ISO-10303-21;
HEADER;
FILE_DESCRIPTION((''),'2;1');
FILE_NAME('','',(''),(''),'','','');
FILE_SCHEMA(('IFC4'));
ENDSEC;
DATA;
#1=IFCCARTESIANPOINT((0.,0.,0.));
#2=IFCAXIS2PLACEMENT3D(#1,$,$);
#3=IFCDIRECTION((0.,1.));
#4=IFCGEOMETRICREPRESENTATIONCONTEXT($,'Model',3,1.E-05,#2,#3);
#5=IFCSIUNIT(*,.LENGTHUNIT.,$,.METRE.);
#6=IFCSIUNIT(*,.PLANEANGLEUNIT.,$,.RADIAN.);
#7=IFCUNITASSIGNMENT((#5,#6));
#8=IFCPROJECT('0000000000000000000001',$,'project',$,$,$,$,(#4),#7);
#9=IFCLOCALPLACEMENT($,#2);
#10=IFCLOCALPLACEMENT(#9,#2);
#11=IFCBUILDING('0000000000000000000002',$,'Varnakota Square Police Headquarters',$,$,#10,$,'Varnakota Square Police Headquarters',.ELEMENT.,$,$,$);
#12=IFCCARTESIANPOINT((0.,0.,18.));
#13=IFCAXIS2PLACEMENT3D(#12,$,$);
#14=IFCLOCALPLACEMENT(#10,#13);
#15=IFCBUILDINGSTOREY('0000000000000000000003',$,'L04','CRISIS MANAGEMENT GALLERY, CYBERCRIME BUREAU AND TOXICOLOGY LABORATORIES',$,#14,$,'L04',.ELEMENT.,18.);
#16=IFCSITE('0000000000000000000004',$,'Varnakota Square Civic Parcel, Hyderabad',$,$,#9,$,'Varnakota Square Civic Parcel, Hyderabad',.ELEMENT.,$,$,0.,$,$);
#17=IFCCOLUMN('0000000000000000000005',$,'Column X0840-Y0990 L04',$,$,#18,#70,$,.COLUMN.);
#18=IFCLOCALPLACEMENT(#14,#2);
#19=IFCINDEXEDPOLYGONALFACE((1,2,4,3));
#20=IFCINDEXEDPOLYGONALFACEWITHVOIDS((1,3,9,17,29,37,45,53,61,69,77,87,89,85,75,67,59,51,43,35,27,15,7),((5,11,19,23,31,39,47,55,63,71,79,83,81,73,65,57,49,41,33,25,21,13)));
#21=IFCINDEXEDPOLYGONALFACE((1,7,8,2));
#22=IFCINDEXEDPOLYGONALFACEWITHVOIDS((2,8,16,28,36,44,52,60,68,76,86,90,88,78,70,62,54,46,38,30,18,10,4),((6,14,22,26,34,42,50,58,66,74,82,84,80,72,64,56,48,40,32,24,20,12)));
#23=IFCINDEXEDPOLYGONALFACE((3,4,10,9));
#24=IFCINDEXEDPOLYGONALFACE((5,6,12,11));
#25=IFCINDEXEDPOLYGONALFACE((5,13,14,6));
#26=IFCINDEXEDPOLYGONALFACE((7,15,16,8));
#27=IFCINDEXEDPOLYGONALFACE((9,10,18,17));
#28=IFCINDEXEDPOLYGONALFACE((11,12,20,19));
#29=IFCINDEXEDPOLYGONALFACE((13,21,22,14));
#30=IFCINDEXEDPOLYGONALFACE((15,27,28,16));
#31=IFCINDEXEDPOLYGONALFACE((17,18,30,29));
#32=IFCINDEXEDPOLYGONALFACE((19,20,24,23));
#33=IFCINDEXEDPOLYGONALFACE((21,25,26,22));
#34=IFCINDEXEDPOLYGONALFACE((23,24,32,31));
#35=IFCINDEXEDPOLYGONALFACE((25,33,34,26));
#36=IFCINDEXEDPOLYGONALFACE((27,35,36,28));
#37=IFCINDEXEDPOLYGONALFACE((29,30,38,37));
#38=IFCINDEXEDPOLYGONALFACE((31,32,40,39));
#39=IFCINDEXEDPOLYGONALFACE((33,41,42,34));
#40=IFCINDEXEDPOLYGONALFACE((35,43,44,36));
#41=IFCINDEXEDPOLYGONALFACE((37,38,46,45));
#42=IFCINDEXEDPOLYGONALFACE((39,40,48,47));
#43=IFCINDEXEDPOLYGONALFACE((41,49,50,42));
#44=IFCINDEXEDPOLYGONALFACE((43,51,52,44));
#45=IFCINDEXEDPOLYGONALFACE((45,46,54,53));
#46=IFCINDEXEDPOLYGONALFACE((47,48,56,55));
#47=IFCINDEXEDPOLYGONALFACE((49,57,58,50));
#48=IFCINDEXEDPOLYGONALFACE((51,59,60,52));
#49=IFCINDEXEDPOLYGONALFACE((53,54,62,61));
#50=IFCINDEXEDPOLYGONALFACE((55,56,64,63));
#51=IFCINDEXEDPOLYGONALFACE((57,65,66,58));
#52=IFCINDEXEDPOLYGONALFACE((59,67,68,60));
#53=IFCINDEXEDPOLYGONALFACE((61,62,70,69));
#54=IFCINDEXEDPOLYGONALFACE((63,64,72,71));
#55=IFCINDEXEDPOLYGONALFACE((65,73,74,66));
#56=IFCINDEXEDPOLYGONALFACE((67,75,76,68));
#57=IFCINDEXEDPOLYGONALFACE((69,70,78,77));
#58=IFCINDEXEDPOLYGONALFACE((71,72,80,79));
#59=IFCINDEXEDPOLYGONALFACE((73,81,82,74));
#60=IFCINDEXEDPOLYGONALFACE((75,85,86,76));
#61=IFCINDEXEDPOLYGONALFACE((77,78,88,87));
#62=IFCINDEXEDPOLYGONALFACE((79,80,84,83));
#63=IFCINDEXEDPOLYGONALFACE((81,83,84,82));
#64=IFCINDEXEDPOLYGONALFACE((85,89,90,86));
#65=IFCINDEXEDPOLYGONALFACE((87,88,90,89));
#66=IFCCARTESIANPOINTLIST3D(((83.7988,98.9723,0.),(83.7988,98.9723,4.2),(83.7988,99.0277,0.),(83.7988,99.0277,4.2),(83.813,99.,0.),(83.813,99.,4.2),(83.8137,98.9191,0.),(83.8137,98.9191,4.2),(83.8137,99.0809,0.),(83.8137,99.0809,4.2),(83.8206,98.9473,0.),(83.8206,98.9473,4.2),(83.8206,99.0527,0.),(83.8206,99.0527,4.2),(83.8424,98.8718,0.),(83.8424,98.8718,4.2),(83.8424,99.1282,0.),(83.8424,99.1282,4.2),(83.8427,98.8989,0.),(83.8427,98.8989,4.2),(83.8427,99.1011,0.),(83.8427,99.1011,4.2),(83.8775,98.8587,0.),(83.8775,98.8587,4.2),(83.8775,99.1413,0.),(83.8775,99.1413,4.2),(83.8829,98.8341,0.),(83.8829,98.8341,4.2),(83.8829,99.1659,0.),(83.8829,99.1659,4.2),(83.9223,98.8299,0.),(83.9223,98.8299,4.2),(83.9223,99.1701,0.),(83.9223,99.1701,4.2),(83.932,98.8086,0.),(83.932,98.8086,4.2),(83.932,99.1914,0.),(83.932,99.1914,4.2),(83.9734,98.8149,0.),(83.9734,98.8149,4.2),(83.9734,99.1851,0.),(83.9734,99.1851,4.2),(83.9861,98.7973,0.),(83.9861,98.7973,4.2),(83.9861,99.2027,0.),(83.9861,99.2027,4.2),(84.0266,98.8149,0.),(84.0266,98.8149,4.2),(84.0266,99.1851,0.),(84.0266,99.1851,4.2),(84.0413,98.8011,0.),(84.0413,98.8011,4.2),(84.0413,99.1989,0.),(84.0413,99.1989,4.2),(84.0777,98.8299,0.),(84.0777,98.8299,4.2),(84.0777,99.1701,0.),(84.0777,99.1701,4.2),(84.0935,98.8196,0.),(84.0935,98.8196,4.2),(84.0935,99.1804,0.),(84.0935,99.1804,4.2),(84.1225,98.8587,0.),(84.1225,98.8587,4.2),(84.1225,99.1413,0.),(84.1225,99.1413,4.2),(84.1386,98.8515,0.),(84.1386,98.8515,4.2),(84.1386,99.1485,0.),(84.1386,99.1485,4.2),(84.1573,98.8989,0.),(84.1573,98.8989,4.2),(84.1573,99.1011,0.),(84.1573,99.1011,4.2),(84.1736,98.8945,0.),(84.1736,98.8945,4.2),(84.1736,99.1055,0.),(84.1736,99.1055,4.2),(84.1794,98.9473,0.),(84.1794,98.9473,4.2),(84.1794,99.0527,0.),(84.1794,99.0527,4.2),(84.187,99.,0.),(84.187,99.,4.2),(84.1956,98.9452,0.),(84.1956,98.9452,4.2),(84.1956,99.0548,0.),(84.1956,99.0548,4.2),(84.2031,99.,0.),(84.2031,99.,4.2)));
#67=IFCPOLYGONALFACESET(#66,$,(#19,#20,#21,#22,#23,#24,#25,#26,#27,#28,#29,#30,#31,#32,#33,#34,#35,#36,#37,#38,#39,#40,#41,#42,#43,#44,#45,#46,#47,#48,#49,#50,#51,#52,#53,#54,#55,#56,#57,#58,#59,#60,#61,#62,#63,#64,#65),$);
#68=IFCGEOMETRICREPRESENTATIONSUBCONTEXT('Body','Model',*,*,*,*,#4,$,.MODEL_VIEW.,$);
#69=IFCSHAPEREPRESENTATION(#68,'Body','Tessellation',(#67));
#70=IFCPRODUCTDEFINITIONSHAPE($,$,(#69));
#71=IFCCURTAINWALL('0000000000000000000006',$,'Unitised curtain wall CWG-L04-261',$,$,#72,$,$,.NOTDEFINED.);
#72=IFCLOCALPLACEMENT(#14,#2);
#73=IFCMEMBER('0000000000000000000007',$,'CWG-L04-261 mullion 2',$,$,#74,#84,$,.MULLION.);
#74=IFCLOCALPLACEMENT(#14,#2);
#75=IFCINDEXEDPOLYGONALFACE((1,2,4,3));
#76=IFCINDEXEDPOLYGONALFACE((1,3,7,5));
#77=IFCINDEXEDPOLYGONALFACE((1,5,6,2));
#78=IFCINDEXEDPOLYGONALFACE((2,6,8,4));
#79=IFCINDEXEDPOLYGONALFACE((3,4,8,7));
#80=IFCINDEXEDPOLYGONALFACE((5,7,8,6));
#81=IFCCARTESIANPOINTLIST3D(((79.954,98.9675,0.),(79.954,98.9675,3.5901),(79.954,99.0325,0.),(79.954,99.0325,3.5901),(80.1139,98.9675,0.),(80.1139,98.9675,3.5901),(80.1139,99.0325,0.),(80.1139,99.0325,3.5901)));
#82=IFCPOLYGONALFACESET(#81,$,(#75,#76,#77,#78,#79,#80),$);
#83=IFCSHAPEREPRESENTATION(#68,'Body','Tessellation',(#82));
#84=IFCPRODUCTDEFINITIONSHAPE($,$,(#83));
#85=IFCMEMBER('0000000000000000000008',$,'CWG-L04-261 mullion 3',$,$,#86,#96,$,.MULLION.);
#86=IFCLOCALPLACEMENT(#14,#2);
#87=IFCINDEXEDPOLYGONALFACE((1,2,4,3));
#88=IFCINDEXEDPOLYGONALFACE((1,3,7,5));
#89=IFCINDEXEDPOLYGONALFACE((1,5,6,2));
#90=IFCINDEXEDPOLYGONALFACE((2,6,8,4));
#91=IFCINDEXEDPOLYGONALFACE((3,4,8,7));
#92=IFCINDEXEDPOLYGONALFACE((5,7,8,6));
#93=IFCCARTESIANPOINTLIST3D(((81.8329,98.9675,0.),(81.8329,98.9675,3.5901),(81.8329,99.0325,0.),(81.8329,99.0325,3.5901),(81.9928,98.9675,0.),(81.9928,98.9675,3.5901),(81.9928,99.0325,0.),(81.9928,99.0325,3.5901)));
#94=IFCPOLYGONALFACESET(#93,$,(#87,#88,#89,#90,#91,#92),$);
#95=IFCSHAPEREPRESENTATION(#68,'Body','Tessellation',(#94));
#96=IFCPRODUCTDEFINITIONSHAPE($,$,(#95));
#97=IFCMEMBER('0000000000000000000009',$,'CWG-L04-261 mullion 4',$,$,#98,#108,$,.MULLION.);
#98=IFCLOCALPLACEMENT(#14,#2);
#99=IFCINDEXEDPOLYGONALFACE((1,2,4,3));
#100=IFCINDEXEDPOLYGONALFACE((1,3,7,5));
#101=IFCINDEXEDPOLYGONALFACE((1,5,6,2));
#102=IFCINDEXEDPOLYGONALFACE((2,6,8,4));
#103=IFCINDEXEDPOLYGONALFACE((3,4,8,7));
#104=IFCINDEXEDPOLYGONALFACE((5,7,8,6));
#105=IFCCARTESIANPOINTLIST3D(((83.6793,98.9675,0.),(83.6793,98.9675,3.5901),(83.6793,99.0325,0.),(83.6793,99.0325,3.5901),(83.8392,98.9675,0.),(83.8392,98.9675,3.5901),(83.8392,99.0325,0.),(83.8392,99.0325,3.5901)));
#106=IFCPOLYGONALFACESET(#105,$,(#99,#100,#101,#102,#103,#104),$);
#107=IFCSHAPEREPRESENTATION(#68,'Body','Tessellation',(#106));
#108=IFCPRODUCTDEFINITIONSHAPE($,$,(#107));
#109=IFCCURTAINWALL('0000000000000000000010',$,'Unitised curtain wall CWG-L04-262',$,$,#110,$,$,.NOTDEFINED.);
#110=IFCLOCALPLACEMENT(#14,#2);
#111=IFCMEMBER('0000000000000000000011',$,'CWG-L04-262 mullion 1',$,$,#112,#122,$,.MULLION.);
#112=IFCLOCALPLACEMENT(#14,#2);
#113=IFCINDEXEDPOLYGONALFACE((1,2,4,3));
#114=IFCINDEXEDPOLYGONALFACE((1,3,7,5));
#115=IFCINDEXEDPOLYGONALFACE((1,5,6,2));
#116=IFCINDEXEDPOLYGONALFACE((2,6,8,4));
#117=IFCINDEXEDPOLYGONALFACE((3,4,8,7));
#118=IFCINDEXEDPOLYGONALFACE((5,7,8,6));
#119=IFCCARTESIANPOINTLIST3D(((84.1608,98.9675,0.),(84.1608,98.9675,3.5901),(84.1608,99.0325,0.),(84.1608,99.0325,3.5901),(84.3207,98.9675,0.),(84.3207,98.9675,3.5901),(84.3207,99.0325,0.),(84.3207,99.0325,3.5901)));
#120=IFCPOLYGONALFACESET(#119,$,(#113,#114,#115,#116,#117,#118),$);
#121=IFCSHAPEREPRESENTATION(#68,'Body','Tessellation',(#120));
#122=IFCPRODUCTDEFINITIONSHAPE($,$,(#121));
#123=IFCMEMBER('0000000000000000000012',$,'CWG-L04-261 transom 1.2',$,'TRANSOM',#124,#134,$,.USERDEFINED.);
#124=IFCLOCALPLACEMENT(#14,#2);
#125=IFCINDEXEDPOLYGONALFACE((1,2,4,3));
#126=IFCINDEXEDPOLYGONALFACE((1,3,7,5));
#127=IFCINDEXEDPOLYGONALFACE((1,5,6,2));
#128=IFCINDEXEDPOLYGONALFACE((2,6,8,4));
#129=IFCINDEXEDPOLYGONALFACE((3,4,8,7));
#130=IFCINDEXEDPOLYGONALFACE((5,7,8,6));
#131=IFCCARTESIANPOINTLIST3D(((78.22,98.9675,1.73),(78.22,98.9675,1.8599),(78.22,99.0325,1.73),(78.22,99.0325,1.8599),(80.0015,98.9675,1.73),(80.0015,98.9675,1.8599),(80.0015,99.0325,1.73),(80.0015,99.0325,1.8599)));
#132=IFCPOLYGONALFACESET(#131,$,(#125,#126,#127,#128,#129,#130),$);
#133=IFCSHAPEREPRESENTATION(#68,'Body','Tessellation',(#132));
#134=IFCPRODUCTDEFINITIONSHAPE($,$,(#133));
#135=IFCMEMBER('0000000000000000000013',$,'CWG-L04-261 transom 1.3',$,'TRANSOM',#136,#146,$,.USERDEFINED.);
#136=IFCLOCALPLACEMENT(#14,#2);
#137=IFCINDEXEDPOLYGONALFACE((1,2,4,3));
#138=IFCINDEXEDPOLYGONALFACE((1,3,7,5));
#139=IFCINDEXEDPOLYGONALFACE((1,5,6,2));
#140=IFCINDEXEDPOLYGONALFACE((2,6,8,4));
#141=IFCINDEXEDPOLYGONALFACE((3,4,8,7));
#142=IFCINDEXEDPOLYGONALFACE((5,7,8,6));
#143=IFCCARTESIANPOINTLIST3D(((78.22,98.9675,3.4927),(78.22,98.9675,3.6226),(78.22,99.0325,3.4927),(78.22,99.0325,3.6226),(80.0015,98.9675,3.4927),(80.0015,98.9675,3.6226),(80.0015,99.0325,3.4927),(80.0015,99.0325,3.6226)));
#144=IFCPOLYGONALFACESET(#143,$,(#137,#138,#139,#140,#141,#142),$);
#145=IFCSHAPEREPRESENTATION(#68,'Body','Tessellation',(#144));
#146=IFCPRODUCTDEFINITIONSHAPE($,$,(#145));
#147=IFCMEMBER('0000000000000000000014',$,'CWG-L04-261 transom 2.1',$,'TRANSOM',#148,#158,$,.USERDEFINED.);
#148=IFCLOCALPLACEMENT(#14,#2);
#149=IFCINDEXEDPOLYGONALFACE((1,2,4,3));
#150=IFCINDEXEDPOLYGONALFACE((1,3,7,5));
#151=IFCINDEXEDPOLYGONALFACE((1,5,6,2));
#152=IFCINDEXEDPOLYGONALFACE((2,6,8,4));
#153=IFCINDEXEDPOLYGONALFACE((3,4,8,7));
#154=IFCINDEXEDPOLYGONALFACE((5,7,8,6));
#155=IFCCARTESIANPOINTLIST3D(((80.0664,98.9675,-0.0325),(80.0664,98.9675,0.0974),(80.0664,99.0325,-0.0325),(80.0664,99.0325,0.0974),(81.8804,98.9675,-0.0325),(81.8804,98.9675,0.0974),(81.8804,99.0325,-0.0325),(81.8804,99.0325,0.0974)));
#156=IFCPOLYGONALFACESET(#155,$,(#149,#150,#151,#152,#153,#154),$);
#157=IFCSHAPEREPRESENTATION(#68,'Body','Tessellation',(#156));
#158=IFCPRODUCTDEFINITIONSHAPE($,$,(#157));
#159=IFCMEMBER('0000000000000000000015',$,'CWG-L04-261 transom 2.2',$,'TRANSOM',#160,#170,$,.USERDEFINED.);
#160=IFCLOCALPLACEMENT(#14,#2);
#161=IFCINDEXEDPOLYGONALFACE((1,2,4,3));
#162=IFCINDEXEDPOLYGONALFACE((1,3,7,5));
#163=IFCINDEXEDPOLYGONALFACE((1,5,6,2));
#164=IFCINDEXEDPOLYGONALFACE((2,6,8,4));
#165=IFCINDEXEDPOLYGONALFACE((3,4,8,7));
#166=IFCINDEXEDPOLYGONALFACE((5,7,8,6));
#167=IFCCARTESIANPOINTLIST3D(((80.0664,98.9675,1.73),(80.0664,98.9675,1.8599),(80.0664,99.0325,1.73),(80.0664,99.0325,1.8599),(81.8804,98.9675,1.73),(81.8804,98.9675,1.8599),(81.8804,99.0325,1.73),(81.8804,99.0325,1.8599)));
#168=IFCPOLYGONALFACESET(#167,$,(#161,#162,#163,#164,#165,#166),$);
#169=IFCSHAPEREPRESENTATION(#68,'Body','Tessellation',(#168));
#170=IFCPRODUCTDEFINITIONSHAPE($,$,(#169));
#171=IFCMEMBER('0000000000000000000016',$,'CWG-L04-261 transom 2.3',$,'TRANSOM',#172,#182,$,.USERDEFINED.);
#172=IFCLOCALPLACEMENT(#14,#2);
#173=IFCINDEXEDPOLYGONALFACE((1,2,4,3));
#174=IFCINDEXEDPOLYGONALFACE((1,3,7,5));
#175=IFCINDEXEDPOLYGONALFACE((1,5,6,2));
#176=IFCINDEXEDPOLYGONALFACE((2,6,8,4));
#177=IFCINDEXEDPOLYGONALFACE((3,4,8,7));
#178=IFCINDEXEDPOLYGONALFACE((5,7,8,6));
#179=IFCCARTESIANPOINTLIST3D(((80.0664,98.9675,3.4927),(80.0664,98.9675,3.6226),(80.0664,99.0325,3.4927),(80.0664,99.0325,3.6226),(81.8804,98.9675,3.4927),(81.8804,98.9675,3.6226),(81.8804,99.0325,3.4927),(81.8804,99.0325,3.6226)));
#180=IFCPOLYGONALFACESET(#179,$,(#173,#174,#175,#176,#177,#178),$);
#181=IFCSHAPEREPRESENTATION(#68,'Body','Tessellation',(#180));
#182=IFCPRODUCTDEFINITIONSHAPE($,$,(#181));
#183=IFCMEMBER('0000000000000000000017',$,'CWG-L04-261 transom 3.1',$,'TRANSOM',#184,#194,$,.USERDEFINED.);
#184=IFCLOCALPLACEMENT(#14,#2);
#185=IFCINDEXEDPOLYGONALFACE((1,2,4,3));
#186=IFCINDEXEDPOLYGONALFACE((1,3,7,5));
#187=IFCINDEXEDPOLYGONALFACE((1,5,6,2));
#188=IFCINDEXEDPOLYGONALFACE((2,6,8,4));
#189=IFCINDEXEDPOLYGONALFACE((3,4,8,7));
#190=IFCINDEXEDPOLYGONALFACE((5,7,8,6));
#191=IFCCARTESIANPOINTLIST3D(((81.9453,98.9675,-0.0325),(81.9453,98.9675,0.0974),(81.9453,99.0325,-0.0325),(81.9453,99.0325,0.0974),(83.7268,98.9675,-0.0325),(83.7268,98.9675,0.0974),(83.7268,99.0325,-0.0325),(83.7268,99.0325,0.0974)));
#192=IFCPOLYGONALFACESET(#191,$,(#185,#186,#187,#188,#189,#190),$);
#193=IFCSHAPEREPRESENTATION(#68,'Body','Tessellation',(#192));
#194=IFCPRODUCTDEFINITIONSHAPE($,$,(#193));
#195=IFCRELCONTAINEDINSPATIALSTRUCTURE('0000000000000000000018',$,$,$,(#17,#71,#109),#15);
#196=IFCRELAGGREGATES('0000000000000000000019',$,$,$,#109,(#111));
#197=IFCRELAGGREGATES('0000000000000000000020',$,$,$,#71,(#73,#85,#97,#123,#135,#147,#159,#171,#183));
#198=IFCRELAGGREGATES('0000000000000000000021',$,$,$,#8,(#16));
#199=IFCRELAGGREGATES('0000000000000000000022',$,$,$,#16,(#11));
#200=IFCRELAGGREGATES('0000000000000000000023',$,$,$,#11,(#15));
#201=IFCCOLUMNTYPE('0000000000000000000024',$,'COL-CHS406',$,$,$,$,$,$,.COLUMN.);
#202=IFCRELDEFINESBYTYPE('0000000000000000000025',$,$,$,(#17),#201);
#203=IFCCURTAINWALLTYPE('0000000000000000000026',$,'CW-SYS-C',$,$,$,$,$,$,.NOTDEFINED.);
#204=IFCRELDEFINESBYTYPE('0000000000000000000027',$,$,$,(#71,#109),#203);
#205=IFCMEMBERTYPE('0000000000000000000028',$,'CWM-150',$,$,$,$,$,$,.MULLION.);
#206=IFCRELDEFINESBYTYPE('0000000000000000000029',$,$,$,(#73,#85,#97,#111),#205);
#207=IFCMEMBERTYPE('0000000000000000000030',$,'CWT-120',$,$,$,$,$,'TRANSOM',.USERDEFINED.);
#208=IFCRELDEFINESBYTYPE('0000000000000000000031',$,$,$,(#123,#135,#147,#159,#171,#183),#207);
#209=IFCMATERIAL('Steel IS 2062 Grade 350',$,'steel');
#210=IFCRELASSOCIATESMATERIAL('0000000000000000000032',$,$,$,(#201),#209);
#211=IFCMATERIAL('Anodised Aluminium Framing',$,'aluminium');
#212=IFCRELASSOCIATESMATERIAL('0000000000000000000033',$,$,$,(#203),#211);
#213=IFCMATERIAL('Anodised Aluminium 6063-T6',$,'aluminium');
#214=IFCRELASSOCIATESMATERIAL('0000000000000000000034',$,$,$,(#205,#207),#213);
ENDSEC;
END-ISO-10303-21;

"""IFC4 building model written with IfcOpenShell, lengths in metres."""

from ifc_helpers import new_model, si_unit, direction, frame, origin, origin_2d, place, context, subcontext, project, spatial, rectangle, hollow_circle, extrude, material, material_profile, profile_set, type_object, element, aggregate, save


model = new_model("IFC4")

# Units and contexts
model_context = context("Model", 3, precision=1e-05, world=origin(), true_north=direction((0.0, 1.0)))
body_context = subcontext(model_context, "Body", "Model", "MODEL_VIEW")
ifc_project = project(units=[si_unit("LENGTHUNIT", "METRE"), si_unit("PLANEANGLEUNIT", "RADIAN")], contexts=[model_context])

# Site, building, storey
site_placement = place(None, origin())
site = spatial("IfcSite", under=ifc_project, at=site_placement, Name="Varnakota Square Civic Parcel, Hyderabad", LongName="Varnakota Square Civic Parcel, Hyderabad", CompositionType="ELEMENT", RefElevation=0.0)
building_placement = place(site_placement, origin())
building = spatial("IfcBuilding", under=site, at=building_placement, Name="Varnakota Square Police Headquarters", LongName="Varnakota Square Police Headquarters", CompositionType="ELEMENT")
storey_placement = place(building_placement, frame((0.0, 0.0, 18.0)))
storey = spatial("IfcBuildingStorey", under=building, at=storey_placement, Name="L04", Description="CRISIS MANAGEMENT GALLERY, CYBERCRIME BUREAU AND TOXICOLOGY LABORATORIES", LongName="L04", CompositionType="ELEMENT", Elevation=18.0)

# Column
ifc_material_1 = material(Name="Steel IS 2062 Grade 350", Category="steel")
ifc_material_profile_1 = material_profile(ifc_material_1, hollow_circle(Radius=0.2031, WallThickness=0.0161, at=origin_2d()), Name="CHS 406.4x16.0")
ifc_profile_set_1 = profile_set([ifc_material_profile_1], Name="Steel IS 2062 Grade 350")
column_type = type_object("IfcColumnType", Name="COL-CHS406", PredefinedType="COLUMN", material=ifc_profile_set_1)
column_placement = place(storey_placement, frame((84.0, 99.0, 0.0), z_axis=(0.0, 0.0, 1.0), x_axis=(1.0, 0.0, 0.0)))
element("IfcColumn", 1, at=column_placement, inside=storey, type_object=column_type, Name="Column X0840-Y0990 L04", PredefinedType="COLUMN", context=body_context, shape_type="SweptSolid", body=[
    extrude(hollow_circle(Radius=0.2031, WallThickness=0.0161, at=origin_2d()), origin(), (0.0, 0.0, 1.0), 4.2),
])

# Curtain wall, members
ifc_material_2 = material(Name="Anodised Aluminium Framing", Category="aluminium")
curtain_wall_type = type_object("IfcCurtainWallType", Name="CW-SYS-C", PredefinedType="NOTDEFINED", material=ifc_material_2)
curtain_wall_1_placement = place(storey_placement, origin())
curtain_wall_1 = element("IfcCurtainWall", 2, at=curtain_wall_1_placement, inside=storey, type_object=curtain_wall_type, Name="Unitised curtain wall CWG-L04-261", PredefinedType="NOTDEFINED")
ifc_material_3 = material(Name="Anodised Aluminium 6063-T6", Category="aluminium")
ifc_material_profile_2 = material_profile(ifc_material_3, rectangle(XDim=0.0649, YDim=0.1599, at=origin_2d()), Name="ALU MULLION 65x160")
ifc_profile_set_2 = profile_set([ifc_material_profile_2], Name="Anodised Aluminium 6063-T6")
member_type_1 = type_object("IfcMemberType", Name="CWM-150", PredefinedType="MULLION", material=ifc_profile_set_2)
member_1_placement = place(storey_placement, frame((80.0339, 99.0, 0.0), z_axis=(0.0, 0.0, 1.0), x_axis=(0.0, 1.0, 0.0)))
member_1 = element("IfcMember", 3, at=member_1_placement, type_object=member_type_1, Name="CWG-L04-261 mullion 2", PredefinedType="MULLION", context=body_context, shape_type="SweptSolid", body=[
    extrude(rectangle(XDim=0.0649, YDim=0.1599, at=origin_2d()), origin(), (0.0, 0.0, 1.0), 3.5901),
])
member_2_placement = place(storey_placement, frame((81.9128, 99.0, 0.0), z_axis=(0.0, 0.0, 1.0), x_axis=(0.0, 1.0, 0.0)))
member_2 = element("IfcMember", 4, at=member_2_placement, type_object=member_type_1, Name="CWG-L04-261 mullion 3", PredefinedType="MULLION", context=body_context, shape_type="SweptSolid", body=[
    extrude(rectangle(XDim=0.0649, YDim=0.1599, at=origin_2d()), origin(), (0.0, 0.0, 1.0), 3.5901),
])
member_3_placement = place(storey_placement, frame((83.7593, 99.0, 0.0), z_axis=(0.0, 0.0, 1.0), x_axis=(0.0, 1.0, 0.0)))
member_3 = element("IfcMember", 5, at=member_3_placement, type_object=member_type_1, Name="CWG-L04-261 mullion 4", PredefinedType="MULLION", context=body_context, shape_type="SweptSolid", body=[
    extrude(rectangle(XDim=0.0649, YDim=0.1599, at=origin_2d()), origin(), (0.0, 0.0, 1.0), 3.5901),
])

# Curtain wall, member
curtain_wall_2_placement = place(storey_placement, origin())
curtain_wall_2 = element("IfcCurtainWall", 6, at=curtain_wall_2_placement, inside=storey, type_object=curtain_wall_type, Name="Unitised curtain wall CWG-L04-262", PredefinedType="NOTDEFINED")
member_4_placement = place(storey_placement, frame((84.2407, 99.0, 0.0), z_axis=(0.0, 0.0, 1.0), x_axis=(0.0, 1.0, 0.0)))
member_4 = element("IfcMember", 7, at=member_4_placement, type_object=member_type_1, Name="CWG-L04-262 mullion 1", PredefinedType="MULLION", context=body_context, shape_type="SweptSolid", body=[
    extrude(rectangle(XDim=0.0649, YDim=0.1599, at=origin_2d()), origin(), (0.0, 0.0, 1.0), 3.5901),
])

# Members
ifc_material_profile_3 = material_profile(ifc_material_3, rectangle(XDim=0.0649, YDim=0.1299, at=origin_2d()), Name="ALU TRANSOM 65x130")
ifc_profile_set_3 = profile_set([ifc_material_profile_3], Name="Anodised Aluminium 6063-T6")
member_type_2 = type_object("IfcMemberType", Name="CWT-120", ElementType="TRANSOM", PredefinedType="USERDEFINED", material=ifc_profile_set_3)
member_5_placement = place(storey_placement, frame((78.22, 99.0, 1.7949), z_axis=(1.0, 0.0, 0.0), x_axis=(0.0, 1.0, 0.0)))
member_5 = element("IfcMember", 8, at=member_5_placement, type_object=member_type_2, Name="CWG-L04-261 transom 1.2", ObjectType="TRANSOM", PredefinedType="USERDEFINED", context=body_context, shape_type="SweptSolid", body=[
    extrude(rectangle(XDim=0.0649, YDim=0.1299, at=origin_2d()), origin(), (0.0, 0.0, 1.0), 1.7815),
])
member_6_placement = place(storey_placement, frame((78.22, 99.0, 3.5576), z_axis=(1.0, 0.0, 0.0), x_axis=(0.0, 1.0, 0.0)))
member_6 = element("IfcMember", 9, at=member_6_placement, type_object=member_type_2, Name="CWG-L04-261 transom 1.3", ObjectType="TRANSOM", PredefinedType="USERDEFINED", context=body_context, shape_type="SweptSolid", body=[
    extrude(rectangle(XDim=0.0649, YDim=0.1299, at=origin_2d()), origin(), (0.0, 0.0, 1.0), 1.7815),
])
member_7_placement = place(storey_placement, frame((80.0664, 99.0, 0.0325), z_axis=(1.0, 0.0, 0.0), x_axis=(0.0, 1.0, 0.0)))
member_7 = element("IfcMember", 10, at=member_7_placement, type_object=member_type_2, Name="CWG-L04-261 transom 2.1", ObjectType="TRANSOM", PredefinedType="USERDEFINED", context=body_context, shape_type="SweptSolid", body=[
    extrude(rectangle(XDim=0.0649, YDim=0.1299, at=origin_2d()), origin(), (0.0, 0.0, 1.0), 1.814),
])
member_8_placement = place(storey_placement, frame((80.0664, 99.0, 1.7949), z_axis=(1.0, 0.0, 0.0), x_axis=(0.0, 1.0, 0.0)))
member_8 = element("IfcMember", 11, at=member_8_placement, type_object=member_type_2, Name="CWG-L04-261 transom 2.2", ObjectType="TRANSOM", PredefinedType="USERDEFINED", context=body_context, shape_type="SweptSolid", body=[
    extrude(rectangle(XDim=0.0649, YDim=0.1299, at=origin_2d()), origin(), (0.0, 0.0, 1.0), 1.814),
])
member_9_placement = place(storey_placement, frame((80.0664, 99.0, 3.5576), z_axis=(1.0, 0.0, 0.0), x_axis=(0.0, 1.0, 0.0)))
member_9 = element("IfcMember", 12, at=member_9_placement, type_object=member_type_2, Name="CWG-L04-261 transom 2.3", ObjectType="TRANSOM", PredefinedType="USERDEFINED", context=body_context, shape_type="SweptSolid", body=[
    extrude(rectangle(XDim=0.0649, YDim=0.1299, at=origin_2d()), origin(), (0.0, 0.0, 1.0), 1.814),
])
member_10_placement = place(storey_placement, frame((81.9453, 99.0, 0.0325), z_axis=(1.0, 0.0, 0.0), x_axis=(0.0, 1.0, 0.0)))
member_10 = element("IfcMember", 13, at=member_10_placement, type_object=member_type_2, Name="CWG-L04-261 transom 3.1", ObjectType="TRANSOM", PredefinedType="USERDEFINED", context=body_context, shape_type="SweptSolid", body=[
    extrude(rectangle(XDim=0.0649, YDim=0.1299, at=origin_2d()), origin(), (0.0, 0.0, 1.0), 1.7815),
])
aggregate(curtain_wall_2, [member_4])

aggregate(curtain_wall_1, [member_1, member_2, member_3, member_5, member_6, member_7, member_8, member_9, member_10])

save(model, "model.ifc")
